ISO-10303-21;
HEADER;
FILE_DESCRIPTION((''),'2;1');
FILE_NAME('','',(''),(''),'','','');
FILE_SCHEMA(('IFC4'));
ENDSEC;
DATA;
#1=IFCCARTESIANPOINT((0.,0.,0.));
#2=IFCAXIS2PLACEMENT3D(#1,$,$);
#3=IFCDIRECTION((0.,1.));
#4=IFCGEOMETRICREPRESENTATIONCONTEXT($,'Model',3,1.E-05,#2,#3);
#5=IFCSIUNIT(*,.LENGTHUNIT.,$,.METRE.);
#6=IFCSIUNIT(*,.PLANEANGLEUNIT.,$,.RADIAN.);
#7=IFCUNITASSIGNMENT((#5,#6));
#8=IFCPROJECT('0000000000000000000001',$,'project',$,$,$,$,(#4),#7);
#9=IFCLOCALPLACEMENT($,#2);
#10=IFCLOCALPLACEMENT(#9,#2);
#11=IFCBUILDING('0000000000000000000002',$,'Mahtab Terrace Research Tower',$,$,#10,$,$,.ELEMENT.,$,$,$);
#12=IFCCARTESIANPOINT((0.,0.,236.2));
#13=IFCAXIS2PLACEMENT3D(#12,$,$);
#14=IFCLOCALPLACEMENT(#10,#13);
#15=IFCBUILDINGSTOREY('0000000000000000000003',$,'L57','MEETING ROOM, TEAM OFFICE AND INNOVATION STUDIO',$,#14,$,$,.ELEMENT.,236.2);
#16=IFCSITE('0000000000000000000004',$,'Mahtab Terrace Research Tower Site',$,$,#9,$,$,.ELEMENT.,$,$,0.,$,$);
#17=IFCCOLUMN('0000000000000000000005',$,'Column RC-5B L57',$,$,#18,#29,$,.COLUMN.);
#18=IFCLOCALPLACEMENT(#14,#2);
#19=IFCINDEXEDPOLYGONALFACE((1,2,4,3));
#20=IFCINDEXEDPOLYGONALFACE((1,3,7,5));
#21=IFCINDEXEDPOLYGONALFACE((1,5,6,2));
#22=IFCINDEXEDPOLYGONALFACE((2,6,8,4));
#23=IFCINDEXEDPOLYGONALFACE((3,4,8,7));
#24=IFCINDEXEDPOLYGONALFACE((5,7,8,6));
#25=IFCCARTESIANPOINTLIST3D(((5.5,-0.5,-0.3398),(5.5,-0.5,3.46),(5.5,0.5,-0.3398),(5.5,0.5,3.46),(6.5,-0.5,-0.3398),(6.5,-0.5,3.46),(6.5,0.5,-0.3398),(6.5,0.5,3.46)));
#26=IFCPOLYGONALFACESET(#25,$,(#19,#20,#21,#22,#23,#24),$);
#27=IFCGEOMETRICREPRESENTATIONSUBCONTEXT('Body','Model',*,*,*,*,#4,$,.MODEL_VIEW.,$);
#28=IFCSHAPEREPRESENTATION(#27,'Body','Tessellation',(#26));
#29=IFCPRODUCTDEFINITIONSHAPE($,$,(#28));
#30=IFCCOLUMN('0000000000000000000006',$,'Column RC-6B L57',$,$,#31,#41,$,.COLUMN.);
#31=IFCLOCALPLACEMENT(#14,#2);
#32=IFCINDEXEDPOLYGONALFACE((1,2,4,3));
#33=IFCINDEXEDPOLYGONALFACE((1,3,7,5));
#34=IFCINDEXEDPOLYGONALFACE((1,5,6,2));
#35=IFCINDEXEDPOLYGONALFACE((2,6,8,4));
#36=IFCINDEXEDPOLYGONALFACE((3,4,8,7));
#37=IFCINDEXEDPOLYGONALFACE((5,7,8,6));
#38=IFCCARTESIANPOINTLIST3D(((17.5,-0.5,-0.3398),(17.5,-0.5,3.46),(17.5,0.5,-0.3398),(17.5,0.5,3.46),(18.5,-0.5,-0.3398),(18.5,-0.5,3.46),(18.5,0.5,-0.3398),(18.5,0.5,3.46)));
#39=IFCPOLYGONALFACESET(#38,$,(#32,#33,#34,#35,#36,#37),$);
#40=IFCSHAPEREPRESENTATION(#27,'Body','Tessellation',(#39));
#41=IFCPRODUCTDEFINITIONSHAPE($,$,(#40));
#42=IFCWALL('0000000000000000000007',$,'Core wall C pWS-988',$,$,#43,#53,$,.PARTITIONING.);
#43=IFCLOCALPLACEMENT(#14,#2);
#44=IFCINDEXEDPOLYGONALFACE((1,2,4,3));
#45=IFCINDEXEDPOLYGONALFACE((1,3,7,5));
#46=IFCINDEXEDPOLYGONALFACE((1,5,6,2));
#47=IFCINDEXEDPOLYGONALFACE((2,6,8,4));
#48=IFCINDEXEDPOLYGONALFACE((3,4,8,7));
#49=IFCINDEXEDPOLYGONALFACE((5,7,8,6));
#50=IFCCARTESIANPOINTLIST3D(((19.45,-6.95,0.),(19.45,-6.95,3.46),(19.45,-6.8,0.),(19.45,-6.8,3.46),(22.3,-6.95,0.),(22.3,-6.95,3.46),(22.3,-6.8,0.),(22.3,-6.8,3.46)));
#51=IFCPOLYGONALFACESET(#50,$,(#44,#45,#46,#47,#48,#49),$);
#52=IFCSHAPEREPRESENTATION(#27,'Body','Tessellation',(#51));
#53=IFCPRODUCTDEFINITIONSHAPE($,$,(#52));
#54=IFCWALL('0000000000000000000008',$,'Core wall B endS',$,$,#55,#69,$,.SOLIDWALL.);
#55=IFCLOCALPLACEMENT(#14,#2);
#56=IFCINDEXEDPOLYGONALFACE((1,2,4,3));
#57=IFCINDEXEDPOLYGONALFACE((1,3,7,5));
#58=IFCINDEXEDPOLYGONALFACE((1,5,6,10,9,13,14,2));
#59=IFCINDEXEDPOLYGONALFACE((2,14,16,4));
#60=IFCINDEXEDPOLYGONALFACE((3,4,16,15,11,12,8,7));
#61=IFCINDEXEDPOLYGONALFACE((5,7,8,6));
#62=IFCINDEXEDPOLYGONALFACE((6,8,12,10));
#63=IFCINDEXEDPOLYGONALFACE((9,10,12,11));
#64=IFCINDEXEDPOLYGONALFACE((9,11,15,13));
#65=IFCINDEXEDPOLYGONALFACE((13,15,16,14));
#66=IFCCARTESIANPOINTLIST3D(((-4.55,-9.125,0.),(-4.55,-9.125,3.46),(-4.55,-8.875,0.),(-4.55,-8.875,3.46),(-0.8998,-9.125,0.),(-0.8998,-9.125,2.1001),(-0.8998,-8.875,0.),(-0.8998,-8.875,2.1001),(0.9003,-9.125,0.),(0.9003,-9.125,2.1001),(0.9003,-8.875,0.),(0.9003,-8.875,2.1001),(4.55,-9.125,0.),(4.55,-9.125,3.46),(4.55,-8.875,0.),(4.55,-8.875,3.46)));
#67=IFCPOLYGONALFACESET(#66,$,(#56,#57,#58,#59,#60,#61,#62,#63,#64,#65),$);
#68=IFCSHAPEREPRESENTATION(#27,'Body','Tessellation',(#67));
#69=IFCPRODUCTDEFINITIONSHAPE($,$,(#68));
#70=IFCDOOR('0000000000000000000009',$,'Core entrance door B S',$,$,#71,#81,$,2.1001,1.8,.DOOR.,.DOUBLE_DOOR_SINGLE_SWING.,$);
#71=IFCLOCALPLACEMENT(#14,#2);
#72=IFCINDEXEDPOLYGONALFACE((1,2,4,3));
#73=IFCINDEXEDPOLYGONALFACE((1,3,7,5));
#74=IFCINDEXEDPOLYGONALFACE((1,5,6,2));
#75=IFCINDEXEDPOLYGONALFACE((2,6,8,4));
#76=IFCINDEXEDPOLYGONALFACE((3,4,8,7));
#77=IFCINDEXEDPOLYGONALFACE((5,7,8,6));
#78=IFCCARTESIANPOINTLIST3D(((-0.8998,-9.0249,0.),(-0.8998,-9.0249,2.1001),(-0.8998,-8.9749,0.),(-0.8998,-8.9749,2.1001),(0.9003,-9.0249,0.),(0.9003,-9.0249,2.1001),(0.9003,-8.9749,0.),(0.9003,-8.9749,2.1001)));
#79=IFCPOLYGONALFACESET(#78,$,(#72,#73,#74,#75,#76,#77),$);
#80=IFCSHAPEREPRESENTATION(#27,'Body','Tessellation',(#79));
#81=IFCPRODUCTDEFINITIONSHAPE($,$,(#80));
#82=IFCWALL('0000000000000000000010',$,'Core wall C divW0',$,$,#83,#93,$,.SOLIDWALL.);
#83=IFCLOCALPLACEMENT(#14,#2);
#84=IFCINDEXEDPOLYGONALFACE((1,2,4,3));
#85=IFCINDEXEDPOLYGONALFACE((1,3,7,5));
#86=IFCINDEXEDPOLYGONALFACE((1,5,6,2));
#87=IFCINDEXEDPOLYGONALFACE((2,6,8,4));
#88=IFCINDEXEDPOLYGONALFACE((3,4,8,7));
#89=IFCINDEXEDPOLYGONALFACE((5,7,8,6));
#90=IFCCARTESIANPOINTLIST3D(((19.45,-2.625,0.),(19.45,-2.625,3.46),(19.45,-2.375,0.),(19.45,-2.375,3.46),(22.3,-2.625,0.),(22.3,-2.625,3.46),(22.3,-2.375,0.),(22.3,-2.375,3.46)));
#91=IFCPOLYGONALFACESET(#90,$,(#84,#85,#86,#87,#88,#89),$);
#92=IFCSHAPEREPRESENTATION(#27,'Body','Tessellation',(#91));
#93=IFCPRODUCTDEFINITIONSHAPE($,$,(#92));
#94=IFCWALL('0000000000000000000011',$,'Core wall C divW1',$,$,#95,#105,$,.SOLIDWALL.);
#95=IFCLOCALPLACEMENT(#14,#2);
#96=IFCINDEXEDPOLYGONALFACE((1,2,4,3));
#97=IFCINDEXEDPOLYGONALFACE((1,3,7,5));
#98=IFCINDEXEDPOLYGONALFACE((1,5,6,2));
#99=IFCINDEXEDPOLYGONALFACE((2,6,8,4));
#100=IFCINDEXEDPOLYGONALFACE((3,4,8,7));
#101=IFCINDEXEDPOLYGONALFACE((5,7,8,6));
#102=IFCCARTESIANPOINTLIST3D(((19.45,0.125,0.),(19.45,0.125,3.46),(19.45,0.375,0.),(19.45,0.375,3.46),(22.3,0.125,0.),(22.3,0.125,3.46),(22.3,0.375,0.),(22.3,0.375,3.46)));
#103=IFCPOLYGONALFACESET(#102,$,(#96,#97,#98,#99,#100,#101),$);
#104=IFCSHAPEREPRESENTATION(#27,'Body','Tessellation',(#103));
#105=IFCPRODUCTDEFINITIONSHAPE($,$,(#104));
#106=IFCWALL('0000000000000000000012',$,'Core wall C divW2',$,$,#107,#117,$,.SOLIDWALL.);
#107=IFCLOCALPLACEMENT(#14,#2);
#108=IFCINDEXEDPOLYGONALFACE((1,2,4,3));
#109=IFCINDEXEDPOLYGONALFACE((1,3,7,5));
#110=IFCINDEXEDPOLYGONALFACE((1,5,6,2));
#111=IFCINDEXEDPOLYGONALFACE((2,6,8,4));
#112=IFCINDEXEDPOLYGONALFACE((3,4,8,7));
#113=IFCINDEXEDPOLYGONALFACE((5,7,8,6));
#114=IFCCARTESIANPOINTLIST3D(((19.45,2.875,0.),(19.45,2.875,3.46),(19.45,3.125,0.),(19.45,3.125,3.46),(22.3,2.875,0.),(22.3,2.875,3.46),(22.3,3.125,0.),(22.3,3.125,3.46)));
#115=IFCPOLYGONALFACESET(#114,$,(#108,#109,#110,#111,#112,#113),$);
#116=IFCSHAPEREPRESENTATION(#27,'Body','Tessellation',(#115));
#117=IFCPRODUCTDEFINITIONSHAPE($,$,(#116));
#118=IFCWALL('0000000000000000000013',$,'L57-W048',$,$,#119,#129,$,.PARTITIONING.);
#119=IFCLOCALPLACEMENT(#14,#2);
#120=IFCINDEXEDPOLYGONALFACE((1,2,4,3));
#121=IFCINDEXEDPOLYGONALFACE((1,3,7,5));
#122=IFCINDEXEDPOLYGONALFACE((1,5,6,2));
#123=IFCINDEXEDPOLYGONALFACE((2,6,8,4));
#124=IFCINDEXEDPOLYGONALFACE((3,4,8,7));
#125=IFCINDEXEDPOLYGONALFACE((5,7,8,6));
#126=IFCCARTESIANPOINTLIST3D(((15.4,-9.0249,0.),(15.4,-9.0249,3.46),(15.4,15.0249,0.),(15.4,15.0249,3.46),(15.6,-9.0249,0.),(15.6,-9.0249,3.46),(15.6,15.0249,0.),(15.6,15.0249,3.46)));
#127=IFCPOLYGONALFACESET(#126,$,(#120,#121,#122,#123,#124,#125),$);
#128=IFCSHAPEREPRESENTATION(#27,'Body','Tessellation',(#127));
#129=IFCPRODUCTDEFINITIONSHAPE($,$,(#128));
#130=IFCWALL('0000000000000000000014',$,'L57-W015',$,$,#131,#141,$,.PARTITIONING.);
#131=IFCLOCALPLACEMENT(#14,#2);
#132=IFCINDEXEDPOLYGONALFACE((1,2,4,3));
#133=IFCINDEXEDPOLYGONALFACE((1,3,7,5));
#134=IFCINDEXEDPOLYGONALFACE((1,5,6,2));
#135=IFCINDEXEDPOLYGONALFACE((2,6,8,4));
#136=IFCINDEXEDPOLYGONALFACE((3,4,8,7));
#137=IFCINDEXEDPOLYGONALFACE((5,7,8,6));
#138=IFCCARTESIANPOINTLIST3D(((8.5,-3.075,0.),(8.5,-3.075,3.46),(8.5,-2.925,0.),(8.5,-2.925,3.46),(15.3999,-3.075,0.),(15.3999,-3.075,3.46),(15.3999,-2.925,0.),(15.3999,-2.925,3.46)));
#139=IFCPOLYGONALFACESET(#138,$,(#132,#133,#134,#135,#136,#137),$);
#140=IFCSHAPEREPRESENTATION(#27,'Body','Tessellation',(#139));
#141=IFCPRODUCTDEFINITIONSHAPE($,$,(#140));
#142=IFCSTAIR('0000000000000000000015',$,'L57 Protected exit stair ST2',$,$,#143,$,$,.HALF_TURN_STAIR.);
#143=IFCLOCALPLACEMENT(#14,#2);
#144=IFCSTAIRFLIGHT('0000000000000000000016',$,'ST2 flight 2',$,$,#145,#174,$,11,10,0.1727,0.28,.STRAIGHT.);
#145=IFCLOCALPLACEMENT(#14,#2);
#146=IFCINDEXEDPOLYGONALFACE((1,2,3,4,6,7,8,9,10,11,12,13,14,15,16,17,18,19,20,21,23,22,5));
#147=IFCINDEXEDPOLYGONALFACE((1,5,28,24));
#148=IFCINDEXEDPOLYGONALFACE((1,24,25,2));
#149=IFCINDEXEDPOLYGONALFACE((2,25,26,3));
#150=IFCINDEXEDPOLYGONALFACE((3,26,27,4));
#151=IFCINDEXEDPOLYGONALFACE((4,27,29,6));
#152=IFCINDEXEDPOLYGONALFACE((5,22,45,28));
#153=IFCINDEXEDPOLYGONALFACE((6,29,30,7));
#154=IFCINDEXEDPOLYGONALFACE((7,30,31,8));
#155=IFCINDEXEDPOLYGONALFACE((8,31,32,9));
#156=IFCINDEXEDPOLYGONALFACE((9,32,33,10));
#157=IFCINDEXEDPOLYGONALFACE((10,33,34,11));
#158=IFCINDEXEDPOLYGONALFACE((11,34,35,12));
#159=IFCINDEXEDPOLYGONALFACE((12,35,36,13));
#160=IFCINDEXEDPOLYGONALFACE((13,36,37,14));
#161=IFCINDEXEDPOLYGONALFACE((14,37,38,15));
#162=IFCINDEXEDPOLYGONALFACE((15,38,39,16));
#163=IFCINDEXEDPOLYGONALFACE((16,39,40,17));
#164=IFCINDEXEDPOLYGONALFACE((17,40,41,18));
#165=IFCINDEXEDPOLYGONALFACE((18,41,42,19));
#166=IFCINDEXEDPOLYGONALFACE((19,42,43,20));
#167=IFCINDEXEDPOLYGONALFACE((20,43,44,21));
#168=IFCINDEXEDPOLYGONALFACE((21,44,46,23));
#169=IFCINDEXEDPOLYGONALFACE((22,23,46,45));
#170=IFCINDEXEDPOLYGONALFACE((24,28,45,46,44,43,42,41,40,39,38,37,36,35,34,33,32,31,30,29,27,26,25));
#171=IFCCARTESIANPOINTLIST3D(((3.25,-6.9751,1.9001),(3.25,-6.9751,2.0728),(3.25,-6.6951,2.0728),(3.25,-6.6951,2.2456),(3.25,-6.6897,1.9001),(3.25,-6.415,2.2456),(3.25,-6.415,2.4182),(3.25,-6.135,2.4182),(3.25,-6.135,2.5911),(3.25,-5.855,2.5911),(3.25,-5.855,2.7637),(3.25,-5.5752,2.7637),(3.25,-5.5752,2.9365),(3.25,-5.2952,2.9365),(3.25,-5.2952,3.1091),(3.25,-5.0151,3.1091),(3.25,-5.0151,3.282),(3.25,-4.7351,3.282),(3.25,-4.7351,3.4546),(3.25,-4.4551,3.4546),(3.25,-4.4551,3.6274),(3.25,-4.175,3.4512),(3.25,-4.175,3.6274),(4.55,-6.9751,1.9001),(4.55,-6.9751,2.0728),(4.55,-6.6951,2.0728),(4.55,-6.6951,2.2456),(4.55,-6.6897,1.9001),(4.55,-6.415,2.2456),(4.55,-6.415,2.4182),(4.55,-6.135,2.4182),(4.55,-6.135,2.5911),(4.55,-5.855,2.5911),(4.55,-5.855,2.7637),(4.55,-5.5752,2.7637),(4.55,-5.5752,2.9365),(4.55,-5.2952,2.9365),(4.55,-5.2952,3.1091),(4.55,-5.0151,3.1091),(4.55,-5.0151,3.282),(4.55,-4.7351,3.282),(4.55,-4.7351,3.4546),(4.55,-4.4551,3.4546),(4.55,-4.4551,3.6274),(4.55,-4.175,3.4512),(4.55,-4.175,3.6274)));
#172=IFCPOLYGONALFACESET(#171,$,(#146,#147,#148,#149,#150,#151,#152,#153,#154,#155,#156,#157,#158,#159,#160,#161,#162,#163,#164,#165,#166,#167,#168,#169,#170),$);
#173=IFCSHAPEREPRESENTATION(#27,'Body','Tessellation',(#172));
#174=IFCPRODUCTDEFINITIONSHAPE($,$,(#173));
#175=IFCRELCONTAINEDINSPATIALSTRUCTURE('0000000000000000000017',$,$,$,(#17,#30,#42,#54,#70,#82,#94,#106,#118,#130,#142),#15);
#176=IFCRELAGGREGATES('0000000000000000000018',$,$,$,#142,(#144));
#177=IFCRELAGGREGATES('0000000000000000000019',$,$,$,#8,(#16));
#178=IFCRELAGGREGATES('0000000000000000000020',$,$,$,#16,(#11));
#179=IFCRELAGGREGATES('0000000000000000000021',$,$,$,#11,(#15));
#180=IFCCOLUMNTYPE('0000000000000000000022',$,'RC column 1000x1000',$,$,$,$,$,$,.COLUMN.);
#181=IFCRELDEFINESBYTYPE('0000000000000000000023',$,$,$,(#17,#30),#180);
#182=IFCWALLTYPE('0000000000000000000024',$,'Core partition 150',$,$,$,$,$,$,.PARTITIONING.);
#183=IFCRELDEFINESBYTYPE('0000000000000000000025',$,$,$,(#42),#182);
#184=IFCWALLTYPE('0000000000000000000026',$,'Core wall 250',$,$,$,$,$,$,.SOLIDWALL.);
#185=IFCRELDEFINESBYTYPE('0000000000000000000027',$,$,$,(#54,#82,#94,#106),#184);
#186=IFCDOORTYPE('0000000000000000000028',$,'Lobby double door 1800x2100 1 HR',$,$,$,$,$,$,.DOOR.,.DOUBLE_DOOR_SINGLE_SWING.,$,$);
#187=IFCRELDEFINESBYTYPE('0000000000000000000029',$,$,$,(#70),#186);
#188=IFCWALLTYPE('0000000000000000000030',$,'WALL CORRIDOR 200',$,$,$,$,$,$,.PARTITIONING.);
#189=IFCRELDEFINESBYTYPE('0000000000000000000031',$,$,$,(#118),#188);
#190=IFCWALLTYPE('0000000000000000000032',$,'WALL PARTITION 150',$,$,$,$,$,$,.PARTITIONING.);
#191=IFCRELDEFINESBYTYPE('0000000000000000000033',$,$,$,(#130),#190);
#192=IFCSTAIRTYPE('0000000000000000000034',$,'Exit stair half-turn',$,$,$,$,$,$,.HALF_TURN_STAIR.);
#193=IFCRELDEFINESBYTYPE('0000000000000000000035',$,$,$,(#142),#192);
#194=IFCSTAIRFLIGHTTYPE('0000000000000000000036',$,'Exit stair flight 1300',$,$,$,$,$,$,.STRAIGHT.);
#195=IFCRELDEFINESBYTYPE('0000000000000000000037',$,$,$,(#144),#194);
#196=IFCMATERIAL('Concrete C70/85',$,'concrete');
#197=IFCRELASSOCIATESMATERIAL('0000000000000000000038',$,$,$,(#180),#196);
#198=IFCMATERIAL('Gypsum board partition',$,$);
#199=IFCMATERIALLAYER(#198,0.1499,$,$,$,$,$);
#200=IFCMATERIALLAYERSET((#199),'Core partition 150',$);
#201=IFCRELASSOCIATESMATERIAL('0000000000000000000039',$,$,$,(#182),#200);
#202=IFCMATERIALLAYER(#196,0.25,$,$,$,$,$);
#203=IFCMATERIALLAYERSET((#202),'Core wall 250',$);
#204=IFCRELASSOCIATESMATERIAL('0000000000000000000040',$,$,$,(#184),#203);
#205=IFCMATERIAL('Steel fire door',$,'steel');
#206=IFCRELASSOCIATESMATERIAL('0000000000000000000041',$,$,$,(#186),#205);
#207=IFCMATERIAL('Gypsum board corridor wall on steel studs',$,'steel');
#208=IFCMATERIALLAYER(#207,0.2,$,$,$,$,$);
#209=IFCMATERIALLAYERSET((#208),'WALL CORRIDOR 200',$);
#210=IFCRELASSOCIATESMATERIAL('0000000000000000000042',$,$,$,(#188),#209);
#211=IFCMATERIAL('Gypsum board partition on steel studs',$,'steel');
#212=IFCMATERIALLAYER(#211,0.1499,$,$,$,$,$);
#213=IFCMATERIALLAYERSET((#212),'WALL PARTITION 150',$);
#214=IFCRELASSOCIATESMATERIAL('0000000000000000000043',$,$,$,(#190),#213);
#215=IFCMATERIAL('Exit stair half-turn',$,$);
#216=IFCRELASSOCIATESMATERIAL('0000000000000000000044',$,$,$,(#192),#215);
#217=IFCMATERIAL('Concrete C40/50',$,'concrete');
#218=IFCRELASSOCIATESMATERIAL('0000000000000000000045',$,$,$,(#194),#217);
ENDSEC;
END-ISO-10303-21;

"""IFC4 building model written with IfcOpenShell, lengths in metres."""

from ifc_helpers import new_model, si_unit, direction, frame, frame_2d, origin, origin_2d, place, context, subcontext, project, spatial, polyline, rectangle, outline, extrude, material, layer, layer_set, material_profile, profile_set, type_object, element, fill, aggregate, save


model = new_model("IFC4")

# Units and contexts
model_context = context("Model", 3, precision=1e-05, world=origin(), true_north=direction((0.0, 1.0)))
body_context = subcontext(model_context, "Body", "Model", "MODEL_VIEW")
ifc_project = project(units=[si_unit("LENGTHUNIT", "METRE"), si_unit("PLANEANGLEUNIT", "RADIAN")], contexts=[model_context])

# Site, building, storey
site_placement = place(None, origin())
site = spatial("IfcSite", under=ifc_project, at=site_placement, Name="Mahtab Terrace Research Tower Site", CompositionType="ELEMENT", RefElevation=0.0)
building_placement = place(site_placement, origin())
building = spatial("IfcBuilding", under=site, at=building_placement, Name="Mahtab Terrace Research Tower", CompositionType="ELEMENT")
storey_placement = place(building_placement, frame((0.0, 0.0, 236.2)))
storey = spatial("IfcBuildingStorey", under=building, at=storey_placement, Name="L57", Description="MEETING ROOM, TEAM OFFICE AND INNOVATION STUDIO", CompositionType="ELEMENT", Elevation=236.2)

# Columns
ifc_material_1 = material(Name="Concrete C70/85", Category="concrete")
ifc_material_profile = material_profile(ifc_material_1, rectangle(XDim=1.0, YDim=1.0, at=origin_2d()), Name="RC column 1000x1000")
ifc_profile_set = profile_set([ifc_material_profile], Name="Concrete C70/85")
column_type = type_object("IfcColumnType", Name="RC column 1000x1000", PredefinedType="COLUMN", material=ifc_profile_set)
for number, where, z_axis, x_axis, name in (
    (1, (6.0, 0.0, -0.3398), (0.0, 0.0, 1.0), (1.0, 0.0, 0.0), "Column RC-5B L57"),
    (2, (18.0, 0.0, -0.3398), (0.0, 0.0, 1.0), (1.0, 0.0, 0.0), "Column RC-6B L57"),
):
    element("IfcColumn", number, at=place(storey_placement, frame(where, z_axis=z_axis, x_axis=x_axis)), inside=storey, type_object=column_type, Name=name, PredefinedType="COLUMN", context=body_context, shape_type="SweptSolid", body=[
        extrude(rectangle(XDim=1.0, YDim=1.0, at=origin_2d()), origin(), (0.0, 0.0, 1.0), 3.7998),
    ])

# Wall
ifc_material_2 = material(Name="Gypsum board partition")
ifc_layer_1 = layer(ifc_material_2, 0.1499)
ifc_layer_set_1 = layer_set([ifc_layer_1], Name="Core partition 150")
wall_type_1 = type_object("IfcWallType", Name="Core partition 150", PredefinedType="PARTITIONING", material=ifc_layer_set_1)
wall_1_placement = place(storey_placement, frame((19.45, -6.875, 0.0), z_axis=(0.0, 0.0, 1.0), x_axis=(1.0, 0.0, 0.0)))
element("IfcWall", 3, at=wall_1_placement, inside=storey, type_object=wall_type_1, Name="Core wall C pWS-988", PredefinedType="PARTITIONING", context=body_context, shape_type="SweptSolid", body=[
    extrude(rectangle(XDim=2.8501, YDim=0.1499, at=frame_2d((1.425, 0.0))), origin(), (0.0, 0.0, 1.0), 3.46),
])

# Wall, opening, door
ifc_layer_2 = layer(ifc_material_1, 0.25)
ifc_layer_set_2 = layer_set([ifc_layer_2], Name="Core wall 250")
wall_type_2 = type_object("IfcWallType", Name="Core wall 250", PredefinedType="SOLIDWALL", material=ifc_layer_set_2)
wall_2_placement = place(storey_placement, frame((4.55, -9.0, 0.0), z_axis=(0.0, 0.0, 1.0), x_axis=(-1.0, 0.0, 0.0)))
wall_2 = element("IfcWall", 4, at=wall_2_placement, inside=storey, type_object=wall_type_2, Name="Core wall B endS", PredefinedType="SOLIDWALL", context=body_context, shape_type="SweptSolid", body=[
    extrude(rectangle(XDim=9.1001, YDim=0.25, at=frame_2d((4.55, 0.0))), origin(), (0.0, 0.0, 1.0), 3.46),
])
opening_placement = place(wall_2_placement, frame((3.6499, 0.0, 0.0)))
opening = element("IfcOpeningElement", 5, at=opening_placement, cuts=wall_2, PredefinedType="OPENING", context=body_context, shape_type="SweptSolid", body=[
    extrude(rectangle(XDim=1.8, YDim=2.1001, at=frame_2d((0.8999, 1.05))), frame((0.0, 0.135, 0.0), z_axis=(0.0, -1.0, 0.0), x_axis=(1.0, 0.0, 0.0)), (0.0, 0.0, 1.0), 0.27),
])
ifc_material_3 = material(Name="Steel fire door", Category="steel")
door_type = type_object("IfcDoorType", Name="Lobby double door 1800x2100 1 HR", OperationType="DOUBLE_DOOR_SINGLE_SWING", PredefinedType="DOOR", material=ifc_material_3)
door_placement = place(opening_placement, origin())
door = element("IfcDoor", 6, at=door_placement, inside=storey, type_object=door_type, Name="Core entrance door B S", OperationType="DOUBLE_DOOR_SINGLE_SWING", OverallHeight=2.1001, OverallWidth=1.8, PredefinedType="DOOR", context=body_context, shape_type="SweptSolid", body=[
    extrude(rectangle(XDim=1.8, YDim=2.1001, at=frame_2d((0.8999, 1.05))), frame((0.0, 0.0249, 0.0), z_axis=(0.0, -1.0, 0.0), x_axis=(1.0, 0.0, 0.0)), (0.0, 0.0, 1.0), 0.05),
])
fill(opening, door)

# Walls
for number, where, z_axis, x_axis, name in (
    (7, (19.45, -2.5, 0.0), (0.0, 0.0, 1.0), (1.0, 0.0, 0.0), "Core wall C divW0"),
    (8, (19.45, 0.25, 0.0), (0.0, 0.0, 1.0), (1.0, 0.0, 0.0), "Core wall C divW1"),
    (9, (19.45, 3.0, 0.0), (0.0, 0.0, 1.0), (1.0, 0.0, 0.0), "Core wall C divW2"),
):
    element("IfcWall", number, at=place(storey_placement, frame(where, z_axis=z_axis, x_axis=x_axis)), inside=storey, type_object=wall_type_2, Name=name, PredefinedType="SOLIDWALL", context=body_context, shape_type="SweptSolid", body=[
        extrude(rectangle(XDim=2.8501, YDim=0.25, at=frame_2d((1.425, 0.0))), origin(), (0.0, 0.0, 1.0), 3.46),
    ])
ifc_material_4 = material(Name="Gypsum board corridor wall on steel studs", Category="steel")
ifc_layer_3 = layer(ifc_material_4, 0.2)
ifc_layer_set_3 = layer_set([ifc_layer_3], Name="WALL CORRIDOR 200")
wall_type_3 = type_object("IfcWallType", Name="WALL CORRIDOR 200", PredefinedType="PARTITIONING", material=ifc_layer_set_3)
wall_3_placement = place(storey_placement, frame((15.5, -9.0249, 0.0), z_axis=(0.0, 0.0, 1.0), x_axis=(0.0, 1.0, 0.0)))
element("IfcWall", 10, at=wall_3_placement, inside=storey, type_object=wall_type_3, Name="L57-W048", PredefinedType="PARTITIONING", context=body_context, shape_type="SweptSolid", body=[
    extrude(rectangle(XDim=24.0498, YDim=0.2, at=frame_2d((12.0249, 0.0))), origin(), (0.0, 0.0, 1.0), 3.46),
])
ifc_material_5 = material(Name="Gypsum board partition on steel studs", Category="steel")
ifc_layer_4 = layer(ifc_material_5, 0.1499)
ifc_layer_set_4 = layer_set([ifc_layer_4], Name="WALL PARTITION 150")
wall_type_4 = type_object("IfcWallType", Name="WALL PARTITION 150", PredefinedType="PARTITIONING", material=ifc_layer_set_4)
wall_4_placement = place(storey_placement, frame((8.5, -3.0, 0.0), z_axis=(0.0, 0.0, 1.0), x_axis=(1.0, 0.0, 0.0)))
element("IfcWall", 11, at=wall_4_placement, inside=storey, type_object=wall_type_4, Name="L57-W015", PredefinedType="PARTITIONING", context=body_context, shape_type="SweptSolid", body=[
    extrude(rectangle(XDim=6.8999, YDim=0.1499, at=frame_2d((3.45, 0.0))), origin(), (0.0, 0.0, 1.0), 3.46),
])

# Stair, stair flight
ifc_material_6 = material(Name="Exit stair half-turn")
stair_type = type_object("IfcStairType", Name="Exit stair half-turn", PredefinedType="HALF_TURN_STAIR", material=ifc_material_6)
stair_placement = place(storey_placement, origin())
stair = element("IfcStair", 12, at=stair_placement, inside=storey, type_object=stair_type, Name="L57 Protected exit stair ST2", PredefinedType="HALF_TURN_STAIR")
ifc_material_7 = material(Name="Concrete C40/50", Category="concrete")
stair_flight_type = type_object("IfcStairFlightType", Name="Exit stair flight 1300", PredefinedType="STRAIGHT", material=ifc_material_7)
stair_flight_placement = place(storey_placement, frame((3.8999, -6.9751, 1.9001), z_axis=(0.0, 0.0, 1.0), x_axis=(0.0, 1.0, 0.0)))
stair_flight = element("IfcStairFlight", 13, at=stair_flight_placement, type_object=stair_flight_type, Name="ST2 flight 2", NumberOfRisers=11, NumberOfTreads=10, PredefinedType="STRAIGHT", RiserHeight=0.1727, TreadLength=0.28, context=body_context, shape_type="SweptSolid", body=[
    extrude(outline(polyline([(0.0, 0.0), (0.0, 0.1726), (0.28, 0.1726), (0.28, 0.3455), (0.5601, 0.3455), (0.5601, 0.5181), (0.8401, 0.5181), (0.8401, 0.6909), (1.1201, 0.6909), (1.1201, 0.8635), (1.3999, 0.8635), (1.3999, 1.0364), (1.6799, 1.0364), (1.6799, 1.209), (1.96, 1.209), (1.96, 1.3818), (2.24, 1.3818), (2.24, 1.5544), (2.52, 1.5544), (2.52, 1.7273), (2.8, 1.7273), (2.8, 1.8999), (2.8, 1.551), (0.2854, 0.0), (0.0, 0.0)])), frame((0.0, 0.6499, 0.0), z_axis=(0.0, -1.0, 0.0), x_axis=(1.0, 0.0, 0.0)), (0.0, 0.0, 1.0), 1.3),
])
aggregate(stair, [stair_flight])

save(model, "model.ifc")
